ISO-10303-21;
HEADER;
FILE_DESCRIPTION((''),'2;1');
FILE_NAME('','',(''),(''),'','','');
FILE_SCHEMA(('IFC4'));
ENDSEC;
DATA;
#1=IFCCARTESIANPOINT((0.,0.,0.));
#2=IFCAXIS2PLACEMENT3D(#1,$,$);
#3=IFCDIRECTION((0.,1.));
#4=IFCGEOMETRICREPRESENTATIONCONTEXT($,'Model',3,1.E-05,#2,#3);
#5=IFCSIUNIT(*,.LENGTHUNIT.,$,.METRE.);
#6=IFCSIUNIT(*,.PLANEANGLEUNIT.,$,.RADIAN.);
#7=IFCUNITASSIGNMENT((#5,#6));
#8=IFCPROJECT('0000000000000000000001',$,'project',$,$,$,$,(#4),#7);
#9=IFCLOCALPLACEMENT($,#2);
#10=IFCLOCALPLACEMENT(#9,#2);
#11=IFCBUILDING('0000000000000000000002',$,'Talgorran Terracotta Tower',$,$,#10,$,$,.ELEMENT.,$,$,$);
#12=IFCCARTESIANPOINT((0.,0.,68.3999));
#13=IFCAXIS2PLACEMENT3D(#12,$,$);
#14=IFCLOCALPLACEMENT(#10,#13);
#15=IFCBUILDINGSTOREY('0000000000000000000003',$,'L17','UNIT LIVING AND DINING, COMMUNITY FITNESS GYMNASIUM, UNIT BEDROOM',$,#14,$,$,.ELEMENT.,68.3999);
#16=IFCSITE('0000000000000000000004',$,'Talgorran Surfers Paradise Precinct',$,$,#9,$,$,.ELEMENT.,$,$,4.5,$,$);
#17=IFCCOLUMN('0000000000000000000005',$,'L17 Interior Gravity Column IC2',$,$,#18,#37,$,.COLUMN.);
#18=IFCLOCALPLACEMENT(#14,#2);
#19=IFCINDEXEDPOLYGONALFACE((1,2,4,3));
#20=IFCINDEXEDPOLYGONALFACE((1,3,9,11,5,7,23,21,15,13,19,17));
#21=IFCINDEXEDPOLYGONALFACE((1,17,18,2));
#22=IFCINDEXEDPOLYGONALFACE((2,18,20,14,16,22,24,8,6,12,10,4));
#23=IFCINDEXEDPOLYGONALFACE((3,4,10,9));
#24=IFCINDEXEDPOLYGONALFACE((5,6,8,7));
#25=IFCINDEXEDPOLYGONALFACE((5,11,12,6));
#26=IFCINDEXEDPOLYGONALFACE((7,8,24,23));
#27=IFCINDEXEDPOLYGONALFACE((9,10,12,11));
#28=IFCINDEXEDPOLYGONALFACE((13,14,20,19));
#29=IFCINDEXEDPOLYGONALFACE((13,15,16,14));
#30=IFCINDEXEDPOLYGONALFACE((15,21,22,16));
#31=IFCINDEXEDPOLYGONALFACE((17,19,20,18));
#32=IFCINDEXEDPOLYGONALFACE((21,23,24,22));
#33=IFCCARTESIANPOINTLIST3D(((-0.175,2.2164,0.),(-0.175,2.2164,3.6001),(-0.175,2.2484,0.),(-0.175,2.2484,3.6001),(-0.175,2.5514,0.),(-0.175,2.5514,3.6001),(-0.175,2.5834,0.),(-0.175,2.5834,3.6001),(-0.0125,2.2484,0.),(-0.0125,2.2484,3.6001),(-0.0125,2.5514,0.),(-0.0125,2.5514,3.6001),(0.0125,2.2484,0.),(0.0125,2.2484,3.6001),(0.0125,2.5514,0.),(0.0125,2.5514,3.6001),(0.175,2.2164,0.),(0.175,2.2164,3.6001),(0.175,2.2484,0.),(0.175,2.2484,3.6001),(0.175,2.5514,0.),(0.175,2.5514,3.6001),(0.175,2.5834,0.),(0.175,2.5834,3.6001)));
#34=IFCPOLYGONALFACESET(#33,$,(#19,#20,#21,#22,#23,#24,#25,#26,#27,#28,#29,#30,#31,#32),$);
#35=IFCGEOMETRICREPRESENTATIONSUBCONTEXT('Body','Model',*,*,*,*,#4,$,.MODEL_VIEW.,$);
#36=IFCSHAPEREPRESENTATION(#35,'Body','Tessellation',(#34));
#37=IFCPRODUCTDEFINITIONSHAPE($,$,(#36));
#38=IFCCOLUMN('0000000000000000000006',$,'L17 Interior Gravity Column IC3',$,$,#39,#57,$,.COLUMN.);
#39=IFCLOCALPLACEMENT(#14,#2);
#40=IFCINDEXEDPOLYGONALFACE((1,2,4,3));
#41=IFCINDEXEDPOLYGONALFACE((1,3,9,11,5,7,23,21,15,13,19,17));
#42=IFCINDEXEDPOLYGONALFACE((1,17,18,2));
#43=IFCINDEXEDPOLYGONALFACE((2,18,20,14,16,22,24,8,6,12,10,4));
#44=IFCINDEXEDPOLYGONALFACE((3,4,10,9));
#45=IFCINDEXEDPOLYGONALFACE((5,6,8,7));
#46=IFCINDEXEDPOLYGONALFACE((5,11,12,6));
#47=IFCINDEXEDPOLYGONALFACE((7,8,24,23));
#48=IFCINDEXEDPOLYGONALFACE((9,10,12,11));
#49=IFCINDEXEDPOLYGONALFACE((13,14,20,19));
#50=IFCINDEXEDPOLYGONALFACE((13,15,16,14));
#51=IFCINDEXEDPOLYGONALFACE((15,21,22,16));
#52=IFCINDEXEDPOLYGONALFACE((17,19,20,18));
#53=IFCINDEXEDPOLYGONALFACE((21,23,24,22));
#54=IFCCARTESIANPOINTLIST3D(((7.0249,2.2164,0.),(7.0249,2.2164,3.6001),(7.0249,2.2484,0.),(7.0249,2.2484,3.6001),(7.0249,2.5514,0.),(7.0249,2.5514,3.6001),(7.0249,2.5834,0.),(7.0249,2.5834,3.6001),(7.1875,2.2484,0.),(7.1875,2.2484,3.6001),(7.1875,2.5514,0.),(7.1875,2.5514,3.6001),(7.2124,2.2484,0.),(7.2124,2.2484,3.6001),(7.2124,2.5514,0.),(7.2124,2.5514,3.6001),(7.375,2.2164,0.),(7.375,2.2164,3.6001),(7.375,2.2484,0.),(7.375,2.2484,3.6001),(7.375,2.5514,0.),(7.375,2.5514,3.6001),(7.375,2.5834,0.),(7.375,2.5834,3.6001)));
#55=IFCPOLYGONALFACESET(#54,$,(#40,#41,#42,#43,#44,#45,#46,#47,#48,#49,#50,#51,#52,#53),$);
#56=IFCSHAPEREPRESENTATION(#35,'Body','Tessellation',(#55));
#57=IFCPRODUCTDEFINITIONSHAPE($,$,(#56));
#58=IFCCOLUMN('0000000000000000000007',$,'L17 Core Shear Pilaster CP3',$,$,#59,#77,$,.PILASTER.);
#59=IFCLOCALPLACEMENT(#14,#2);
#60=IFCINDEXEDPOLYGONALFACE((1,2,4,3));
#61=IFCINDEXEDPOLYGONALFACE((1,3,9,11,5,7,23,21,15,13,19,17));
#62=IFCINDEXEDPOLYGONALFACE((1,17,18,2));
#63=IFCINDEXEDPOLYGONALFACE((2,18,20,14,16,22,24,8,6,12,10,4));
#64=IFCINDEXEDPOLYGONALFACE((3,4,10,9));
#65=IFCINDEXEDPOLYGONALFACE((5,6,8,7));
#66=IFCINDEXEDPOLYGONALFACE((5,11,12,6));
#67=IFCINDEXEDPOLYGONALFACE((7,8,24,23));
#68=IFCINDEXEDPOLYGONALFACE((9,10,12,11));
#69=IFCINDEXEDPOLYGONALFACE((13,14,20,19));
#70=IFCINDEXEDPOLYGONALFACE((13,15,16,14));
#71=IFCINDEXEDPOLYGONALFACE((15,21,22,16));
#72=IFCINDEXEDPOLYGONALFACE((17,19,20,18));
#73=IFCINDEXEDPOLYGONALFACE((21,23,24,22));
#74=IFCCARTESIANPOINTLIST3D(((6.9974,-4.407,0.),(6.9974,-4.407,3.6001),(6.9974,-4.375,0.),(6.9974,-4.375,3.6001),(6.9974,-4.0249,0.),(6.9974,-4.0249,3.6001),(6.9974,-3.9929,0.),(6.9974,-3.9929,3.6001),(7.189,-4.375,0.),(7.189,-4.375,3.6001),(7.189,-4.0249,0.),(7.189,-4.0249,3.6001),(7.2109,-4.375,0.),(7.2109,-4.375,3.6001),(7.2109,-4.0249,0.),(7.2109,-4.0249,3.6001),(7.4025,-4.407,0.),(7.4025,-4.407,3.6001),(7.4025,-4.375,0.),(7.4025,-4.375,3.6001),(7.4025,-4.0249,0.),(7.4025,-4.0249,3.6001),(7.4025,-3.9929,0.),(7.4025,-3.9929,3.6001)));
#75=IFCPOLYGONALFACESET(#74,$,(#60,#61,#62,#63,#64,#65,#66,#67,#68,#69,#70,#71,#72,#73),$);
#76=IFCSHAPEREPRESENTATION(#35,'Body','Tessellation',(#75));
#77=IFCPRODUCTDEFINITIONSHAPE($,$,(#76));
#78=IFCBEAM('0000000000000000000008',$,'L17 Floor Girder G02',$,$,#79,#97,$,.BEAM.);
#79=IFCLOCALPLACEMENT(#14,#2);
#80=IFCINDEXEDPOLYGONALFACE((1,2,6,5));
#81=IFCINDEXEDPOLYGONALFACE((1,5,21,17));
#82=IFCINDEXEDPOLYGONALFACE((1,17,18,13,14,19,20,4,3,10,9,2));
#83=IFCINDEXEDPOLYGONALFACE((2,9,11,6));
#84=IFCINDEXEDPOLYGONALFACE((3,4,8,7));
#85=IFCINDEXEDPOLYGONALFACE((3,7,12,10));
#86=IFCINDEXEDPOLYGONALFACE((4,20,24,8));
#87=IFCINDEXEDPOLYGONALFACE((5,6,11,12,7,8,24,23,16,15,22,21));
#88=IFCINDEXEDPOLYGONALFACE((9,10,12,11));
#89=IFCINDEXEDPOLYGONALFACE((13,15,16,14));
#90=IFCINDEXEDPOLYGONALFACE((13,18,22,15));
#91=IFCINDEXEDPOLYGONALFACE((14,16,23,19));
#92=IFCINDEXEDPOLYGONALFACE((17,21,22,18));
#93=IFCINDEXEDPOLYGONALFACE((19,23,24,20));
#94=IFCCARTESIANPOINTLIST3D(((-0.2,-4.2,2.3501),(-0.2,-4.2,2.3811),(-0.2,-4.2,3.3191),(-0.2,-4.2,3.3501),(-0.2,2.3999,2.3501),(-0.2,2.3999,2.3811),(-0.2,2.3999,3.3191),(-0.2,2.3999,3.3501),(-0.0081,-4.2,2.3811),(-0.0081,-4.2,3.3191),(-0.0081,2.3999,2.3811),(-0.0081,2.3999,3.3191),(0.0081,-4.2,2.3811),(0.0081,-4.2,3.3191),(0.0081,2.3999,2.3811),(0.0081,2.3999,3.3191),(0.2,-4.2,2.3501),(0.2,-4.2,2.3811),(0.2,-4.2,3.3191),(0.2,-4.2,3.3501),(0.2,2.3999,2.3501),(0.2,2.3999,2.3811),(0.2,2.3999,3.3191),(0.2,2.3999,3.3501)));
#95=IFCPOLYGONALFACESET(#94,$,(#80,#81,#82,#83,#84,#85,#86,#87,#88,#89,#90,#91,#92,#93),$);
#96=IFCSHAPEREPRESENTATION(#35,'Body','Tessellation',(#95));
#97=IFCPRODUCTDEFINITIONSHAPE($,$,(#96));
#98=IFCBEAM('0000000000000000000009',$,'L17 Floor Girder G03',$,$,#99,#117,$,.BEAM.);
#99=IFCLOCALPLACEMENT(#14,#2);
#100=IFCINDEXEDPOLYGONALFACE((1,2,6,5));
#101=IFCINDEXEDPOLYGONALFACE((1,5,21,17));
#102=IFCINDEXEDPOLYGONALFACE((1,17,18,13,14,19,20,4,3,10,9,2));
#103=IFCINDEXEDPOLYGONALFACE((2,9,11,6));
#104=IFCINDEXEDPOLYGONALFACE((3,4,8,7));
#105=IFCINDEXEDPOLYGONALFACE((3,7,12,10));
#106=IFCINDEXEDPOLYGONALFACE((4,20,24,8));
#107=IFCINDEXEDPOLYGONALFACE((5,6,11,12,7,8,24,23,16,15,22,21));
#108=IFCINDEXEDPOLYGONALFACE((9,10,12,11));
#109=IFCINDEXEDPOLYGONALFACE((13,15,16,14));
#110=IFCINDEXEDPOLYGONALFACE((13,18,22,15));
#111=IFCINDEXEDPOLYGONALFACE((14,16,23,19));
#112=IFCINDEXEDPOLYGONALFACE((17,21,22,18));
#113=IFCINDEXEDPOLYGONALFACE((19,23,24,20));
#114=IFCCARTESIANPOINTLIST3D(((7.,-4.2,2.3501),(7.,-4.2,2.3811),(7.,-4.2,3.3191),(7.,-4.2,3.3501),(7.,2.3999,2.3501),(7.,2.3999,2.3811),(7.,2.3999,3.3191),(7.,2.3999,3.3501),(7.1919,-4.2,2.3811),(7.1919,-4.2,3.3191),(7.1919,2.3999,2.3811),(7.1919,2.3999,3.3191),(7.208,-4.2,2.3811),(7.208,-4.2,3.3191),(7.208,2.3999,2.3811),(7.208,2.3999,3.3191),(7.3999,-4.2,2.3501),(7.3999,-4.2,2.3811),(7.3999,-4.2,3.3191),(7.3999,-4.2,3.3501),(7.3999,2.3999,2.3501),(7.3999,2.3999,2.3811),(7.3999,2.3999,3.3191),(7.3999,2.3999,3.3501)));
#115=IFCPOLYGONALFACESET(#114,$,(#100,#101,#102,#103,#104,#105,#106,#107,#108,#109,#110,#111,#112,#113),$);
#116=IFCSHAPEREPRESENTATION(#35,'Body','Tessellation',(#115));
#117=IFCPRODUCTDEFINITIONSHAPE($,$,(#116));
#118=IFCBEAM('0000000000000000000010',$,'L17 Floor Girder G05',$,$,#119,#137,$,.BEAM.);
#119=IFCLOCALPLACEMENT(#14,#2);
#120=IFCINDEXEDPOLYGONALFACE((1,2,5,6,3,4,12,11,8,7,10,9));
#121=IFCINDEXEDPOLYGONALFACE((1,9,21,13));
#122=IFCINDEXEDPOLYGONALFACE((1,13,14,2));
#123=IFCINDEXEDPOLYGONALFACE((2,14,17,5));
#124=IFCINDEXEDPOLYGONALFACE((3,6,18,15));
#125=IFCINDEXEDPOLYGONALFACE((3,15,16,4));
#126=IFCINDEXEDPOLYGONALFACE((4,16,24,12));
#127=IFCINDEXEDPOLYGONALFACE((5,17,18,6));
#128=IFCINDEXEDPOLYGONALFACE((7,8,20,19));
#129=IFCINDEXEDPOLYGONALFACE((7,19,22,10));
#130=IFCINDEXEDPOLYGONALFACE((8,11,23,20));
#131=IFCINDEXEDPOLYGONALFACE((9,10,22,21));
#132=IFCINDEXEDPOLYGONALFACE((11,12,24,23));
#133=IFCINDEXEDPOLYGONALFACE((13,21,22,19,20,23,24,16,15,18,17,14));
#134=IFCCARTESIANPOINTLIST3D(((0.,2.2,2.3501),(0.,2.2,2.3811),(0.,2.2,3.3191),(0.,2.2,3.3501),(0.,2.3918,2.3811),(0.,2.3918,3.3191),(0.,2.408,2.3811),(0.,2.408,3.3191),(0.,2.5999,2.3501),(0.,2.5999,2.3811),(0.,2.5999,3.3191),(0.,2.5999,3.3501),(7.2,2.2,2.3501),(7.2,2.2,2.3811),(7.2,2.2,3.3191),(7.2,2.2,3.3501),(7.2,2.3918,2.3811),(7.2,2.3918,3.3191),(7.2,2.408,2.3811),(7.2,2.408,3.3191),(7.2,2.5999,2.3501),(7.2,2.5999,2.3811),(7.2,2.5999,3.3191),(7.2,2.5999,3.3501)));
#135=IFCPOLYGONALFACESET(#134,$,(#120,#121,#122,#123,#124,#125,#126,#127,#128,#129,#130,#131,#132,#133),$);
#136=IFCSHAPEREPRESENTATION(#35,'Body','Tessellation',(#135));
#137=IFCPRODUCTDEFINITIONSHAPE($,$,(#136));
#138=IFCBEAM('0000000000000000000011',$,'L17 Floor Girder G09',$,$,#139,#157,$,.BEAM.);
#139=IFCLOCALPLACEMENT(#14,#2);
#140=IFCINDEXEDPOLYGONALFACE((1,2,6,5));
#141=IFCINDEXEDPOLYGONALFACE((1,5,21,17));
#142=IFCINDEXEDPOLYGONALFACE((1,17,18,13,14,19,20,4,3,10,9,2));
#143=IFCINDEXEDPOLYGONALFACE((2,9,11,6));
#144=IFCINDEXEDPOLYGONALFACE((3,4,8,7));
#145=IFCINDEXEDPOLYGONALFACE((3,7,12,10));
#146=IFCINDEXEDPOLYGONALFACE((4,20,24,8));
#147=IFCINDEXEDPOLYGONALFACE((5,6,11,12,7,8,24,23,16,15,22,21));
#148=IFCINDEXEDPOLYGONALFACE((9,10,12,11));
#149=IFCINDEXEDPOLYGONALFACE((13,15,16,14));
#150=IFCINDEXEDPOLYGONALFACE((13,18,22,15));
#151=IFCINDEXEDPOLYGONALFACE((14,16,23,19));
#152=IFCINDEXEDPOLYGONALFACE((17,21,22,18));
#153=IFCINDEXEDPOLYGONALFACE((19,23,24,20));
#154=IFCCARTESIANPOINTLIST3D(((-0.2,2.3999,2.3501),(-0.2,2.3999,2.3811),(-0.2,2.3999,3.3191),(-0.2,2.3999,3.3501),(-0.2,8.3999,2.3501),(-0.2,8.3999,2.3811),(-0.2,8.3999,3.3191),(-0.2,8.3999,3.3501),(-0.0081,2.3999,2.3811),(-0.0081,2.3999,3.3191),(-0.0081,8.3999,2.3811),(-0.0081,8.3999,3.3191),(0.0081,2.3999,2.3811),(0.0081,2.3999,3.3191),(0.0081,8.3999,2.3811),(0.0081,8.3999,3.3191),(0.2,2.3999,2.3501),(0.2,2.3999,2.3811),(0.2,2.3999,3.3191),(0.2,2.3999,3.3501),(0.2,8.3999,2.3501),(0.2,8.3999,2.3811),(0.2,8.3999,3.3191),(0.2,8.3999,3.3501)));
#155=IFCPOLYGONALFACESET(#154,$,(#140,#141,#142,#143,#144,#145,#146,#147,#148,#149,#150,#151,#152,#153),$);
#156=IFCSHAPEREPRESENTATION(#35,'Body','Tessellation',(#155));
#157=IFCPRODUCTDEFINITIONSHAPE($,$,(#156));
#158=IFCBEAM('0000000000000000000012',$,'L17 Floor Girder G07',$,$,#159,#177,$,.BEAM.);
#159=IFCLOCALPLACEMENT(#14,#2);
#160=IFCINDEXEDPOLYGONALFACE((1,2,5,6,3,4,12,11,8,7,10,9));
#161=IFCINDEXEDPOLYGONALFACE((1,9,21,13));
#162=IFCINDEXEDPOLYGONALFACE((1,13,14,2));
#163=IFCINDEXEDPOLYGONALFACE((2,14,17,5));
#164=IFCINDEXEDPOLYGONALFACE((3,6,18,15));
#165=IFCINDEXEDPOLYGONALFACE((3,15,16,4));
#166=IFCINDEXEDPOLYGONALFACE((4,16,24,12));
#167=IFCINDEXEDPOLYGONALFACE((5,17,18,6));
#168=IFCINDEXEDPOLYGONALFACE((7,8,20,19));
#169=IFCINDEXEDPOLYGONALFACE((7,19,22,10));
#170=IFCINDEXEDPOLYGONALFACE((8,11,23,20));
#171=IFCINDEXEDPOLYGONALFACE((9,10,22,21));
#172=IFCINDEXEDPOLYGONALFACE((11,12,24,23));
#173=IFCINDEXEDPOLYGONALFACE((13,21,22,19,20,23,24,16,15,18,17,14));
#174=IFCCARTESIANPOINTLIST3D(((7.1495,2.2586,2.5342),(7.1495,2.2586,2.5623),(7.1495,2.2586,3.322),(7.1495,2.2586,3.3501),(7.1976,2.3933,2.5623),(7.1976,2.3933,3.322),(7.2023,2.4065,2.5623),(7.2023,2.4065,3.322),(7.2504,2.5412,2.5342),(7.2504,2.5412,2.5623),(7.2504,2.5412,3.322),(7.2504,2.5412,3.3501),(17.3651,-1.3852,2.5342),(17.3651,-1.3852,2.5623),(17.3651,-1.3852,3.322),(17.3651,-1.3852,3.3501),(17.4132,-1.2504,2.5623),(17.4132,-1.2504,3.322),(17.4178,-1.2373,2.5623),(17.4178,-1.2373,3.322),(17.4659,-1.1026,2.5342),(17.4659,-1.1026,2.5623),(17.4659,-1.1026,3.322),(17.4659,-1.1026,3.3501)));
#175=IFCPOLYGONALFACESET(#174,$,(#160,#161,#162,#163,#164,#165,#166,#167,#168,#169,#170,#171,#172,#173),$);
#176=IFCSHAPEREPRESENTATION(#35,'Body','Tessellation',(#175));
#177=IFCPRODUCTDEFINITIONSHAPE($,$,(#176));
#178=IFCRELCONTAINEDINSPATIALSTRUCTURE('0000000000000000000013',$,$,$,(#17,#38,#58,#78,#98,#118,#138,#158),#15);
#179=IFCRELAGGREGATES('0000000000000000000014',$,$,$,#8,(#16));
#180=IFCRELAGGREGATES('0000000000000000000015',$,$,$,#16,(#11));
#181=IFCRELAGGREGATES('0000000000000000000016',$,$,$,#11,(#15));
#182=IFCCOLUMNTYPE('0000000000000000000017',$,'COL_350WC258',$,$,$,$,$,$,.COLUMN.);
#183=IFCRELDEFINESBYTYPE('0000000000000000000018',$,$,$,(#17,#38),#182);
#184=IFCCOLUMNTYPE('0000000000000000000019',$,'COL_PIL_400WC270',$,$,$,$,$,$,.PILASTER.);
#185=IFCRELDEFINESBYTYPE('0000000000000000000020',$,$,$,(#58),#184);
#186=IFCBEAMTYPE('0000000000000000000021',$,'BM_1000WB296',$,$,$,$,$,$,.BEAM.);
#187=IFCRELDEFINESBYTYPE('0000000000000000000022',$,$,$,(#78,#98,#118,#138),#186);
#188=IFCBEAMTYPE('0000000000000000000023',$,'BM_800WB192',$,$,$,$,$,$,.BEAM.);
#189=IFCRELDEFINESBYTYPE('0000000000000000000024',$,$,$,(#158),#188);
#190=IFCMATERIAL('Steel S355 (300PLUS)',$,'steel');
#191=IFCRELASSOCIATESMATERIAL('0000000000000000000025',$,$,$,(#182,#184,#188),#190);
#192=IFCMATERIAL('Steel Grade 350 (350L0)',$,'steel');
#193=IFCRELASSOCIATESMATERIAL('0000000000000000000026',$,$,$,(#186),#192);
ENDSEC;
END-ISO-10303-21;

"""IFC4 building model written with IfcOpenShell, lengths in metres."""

from ifc_helpers import new_model, si_unit, direction, frame, origin, origin_2d, place, context, subcontext, project, spatial, i_section, extrude, material, material_profile, profile_set, type_object, element, save


model = new_model("IFC4")

# Units and contexts
model_context = context("Model", 3, precision=1e-05, world=origin(), true_north=direction((0.0, 1.0)))
body_context = subcontext(model_context, "Body", "Model", "MODEL_VIEW")
ifc_project = project(units=[si_unit("LENGTHUNIT", "METRE"), si_unit("PLANEANGLEUNIT", "RADIAN")], contexts=[model_context])

# Site, building, storey
site_placement = place(None, origin())
site = spatial("IfcSite", under=ifc_project, at=site_placement, Name="Talgorran Surfers Paradise Precinct", CompositionType="ELEMENT", RefElevation=4.5)
building_placement = place(site_placement, origin())
building = spatial("IfcBuilding", under=site, at=building_placement, Name="Talgorran Terracotta Tower", CompositionType="ELEMENT")
storey_placement = place(building_placement, frame((0.0, 0.0, 68.3999)))
storey = spatial("IfcBuildingStorey", under=building, at=storey_placement, Name="L17", Description="UNIT LIVING AND DINING, COMMUNITY FITNESS GYMNASIUM, UNIT BEDROOM", CompositionType="ELEMENT", Elevation=68.3999)

# Columns
ifc_material_1 = material(Name="Steel S355 (300PLUS)", Category="steel")
ifc_material_profile_1 = material_profile(ifc_material_1, i_section(OverallWidth=0.3501, OverallDepth=0.3669, WebThickness=0.0249, FlangeThickness=0.032, at=origin_2d()), Name="350WC258")
ifc_profile_set_1 = profile_set([ifc_material_profile_1], Name="Steel S355 (300PLUS)")
column_type_1 = type_object("IfcColumnType", Name="COL_350WC258", PredefinedType="COLUMN", material=ifc_profile_set_1)
for number, where, z_axis, x_axis, name in (
    (1, (0.0, 2.3999, 0.0), (0.0, 0.0, 1.0), (1.0, 0.0, 0.0), "L17 Interior Gravity Column IC2"),
    (2, (7.2, 2.3999, 0.0), (0.0, 0.0, 1.0), (1.0, 0.0, 0.0), "L17 Interior Gravity Column IC3"),
):
    element("IfcColumn", number, at=place(storey_placement, frame(where, z_axis=z_axis, x_axis=x_axis)), inside=storey, type_object=column_type_1, Name=name, PredefinedType="COLUMN", context=body_context, shape_type="SweptSolid", body=[
        extrude(i_section(OverallWidth=0.3501, OverallDepth=0.3669, WebThickness=0.0249, FlangeThickness=0.032, at=origin_2d()), origin(), (0.0, 0.0, 1.0), 3.6001),
    ])
ifc_material_profile_2 = material_profile(ifc_material_1, i_section(OverallWidth=0.405, OverallDepth=0.4141, WebThickness=0.022, FlangeThickness=0.032, at=origin_2d()), Name="400WC270")
ifc_profile_set_2 = profile_set([ifc_material_profile_2], Name="Steel S355 (300PLUS)")
column_type_2 = type_object("IfcColumnType", Name="COL_PIL_400WC270", PredefinedType="PILASTER", material=ifc_profile_set_2)
column_placement = place(storey_placement, frame((7.2, -4.2, 0.0), z_axis=(0.0, 0.0, 1.0), x_axis=(1.0, 0.0, 0.0)))
element("IfcColumn", 3, at=column_placement, inside=storey, type_object=column_type_2, Name="L17 Core Shear Pilaster CP3", PredefinedType="PILASTER", context=body_context, shape_type="SweptSolid", body=[
    extrude(i_section(OverallWidth=0.405, OverallDepth=0.4141, WebThickness=0.022, FlangeThickness=0.032, at=origin_2d()), origin(), (0.0, 0.0, 1.0), 3.6001),
])

# Beams
ifc_material_2 = material(Name="Steel Grade 350 (350L0)", Category="steel")
ifc_material_profile_3 = material_profile(ifc_material_2, i_section(OverallWidth=0.3999, OverallDepth=1.0, WebThickness=0.0161, FlangeThickness=0.031, at=origin_2d()), Name="1000WB296")
ifc_profile_set_3 = profile_set([ifc_material_profile_3], Name="Steel Grade 350 (350L0)")
beam_type_1 = type_object("IfcBeamType", Name="BM_1000WB296", PredefinedType="BEAM", material=ifc_profile_set_3)
for number, where, z_axis, x_axis, name in (
    (4, (0.0, -4.2, 2.8501), (0.0, 1.0, 0.0), (-1.0, 0.0, 0.0), "L17 Floor Girder G02"),
    (5, (7.2, -4.2, 2.8501), (0.0, 1.0, 0.0), (-1.0, 0.0, 0.0), "L17 Floor Girder G03"),
):
    element("IfcBeam", number, at=place(storey_placement, frame(where, z_axis=z_axis, x_axis=x_axis)), inside=storey, type_object=beam_type_1, Name=name, PredefinedType="BEAM", context=body_context, shape_type="SweptSolid", body=[
        extrude(i_section(OverallWidth=0.3999, OverallDepth=1.0, WebThickness=0.0161, FlangeThickness=0.031, at=origin_2d()), origin(), (0.0, 0.0, 1.0), 6.5999),
    ])
beam_1_placement = place(storey_placement, frame((0.0, 2.3999, 2.8501), z_axis=(1.0, 0.0, 0.0), x_axis=(0.0, 1.0, 0.0)))
element("IfcBeam", 6, at=beam_1_placement, inside=storey, type_object=beam_type_1, Name="L17 Floor Girder G05", PredefinedType="BEAM", context=body_context, shape_type="SweptSolid", body=[
    extrude(i_section(OverallWidth=0.3999, OverallDepth=1.0, WebThickness=0.0161, FlangeThickness=0.031, at=origin_2d()), origin(), (0.0, 0.0, 1.0), 7.2),
])
beam_2_placement = place(storey_placement, frame((0.0, 2.3999, 2.8501), z_axis=(0.0, 1.0, 0.0), x_axis=(-1.0, 0.0, 0.0)))
element("IfcBeam", 7, at=beam_2_placement, inside=storey, type_object=beam_type_1, Name="L17 Floor Girder G09", PredefinedType="BEAM", context=body_context, shape_type="SweptSolid", body=[
    extrude(i_section(OverallWidth=0.3999, OverallDepth=1.0, WebThickness=0.0161, FlangeThickness=0.031, at=origin_2d()), origin(), (0.0, 0.0, 1.0), 6.0),
])
ifc_material_profile_4 = material_profile(ifc_material_1, i_section(OverallWidth=0.3, OverallDepth=0.8159, WebThickness=0.0139, FlangeThickness=0.0281, at=origin_2d()), Name="800WB192")
ifc_profile_set_4 = profile_set([ifc_material_profile_4], Name="Steel S355 (300PLUS)")
beam_type_2 = type_object("IfcBeamType", Name="BM_800WB192", PredefinedType="BEAM", material=ifc_profile_set_4)
beam_3_placement = place(storey_placement, frame((7.2, 2.3999, 2.9421), z_axis=(0.941877, -0.335958, 0.0), x_axis=(0.335958, 0.941877, 0.0)))
element("IfcBeam", 8, at=beam_3_placement, inside=storey, type_object=beam_type_2, Name="L17 Floor Girder G07", PredefinedType="BEAM", context=body_context, shape_type="SweptSolid", body=[
    extrude(i_section(OverallWidth=0.3, OverallDepth=0.8159, WebThickness=0.0139, FlangeThickness=0.0281, at=origin_2d()), origin(), (0.0, 0.0, 1.0), 10.8459),
])

save(model, "model.ifc")
